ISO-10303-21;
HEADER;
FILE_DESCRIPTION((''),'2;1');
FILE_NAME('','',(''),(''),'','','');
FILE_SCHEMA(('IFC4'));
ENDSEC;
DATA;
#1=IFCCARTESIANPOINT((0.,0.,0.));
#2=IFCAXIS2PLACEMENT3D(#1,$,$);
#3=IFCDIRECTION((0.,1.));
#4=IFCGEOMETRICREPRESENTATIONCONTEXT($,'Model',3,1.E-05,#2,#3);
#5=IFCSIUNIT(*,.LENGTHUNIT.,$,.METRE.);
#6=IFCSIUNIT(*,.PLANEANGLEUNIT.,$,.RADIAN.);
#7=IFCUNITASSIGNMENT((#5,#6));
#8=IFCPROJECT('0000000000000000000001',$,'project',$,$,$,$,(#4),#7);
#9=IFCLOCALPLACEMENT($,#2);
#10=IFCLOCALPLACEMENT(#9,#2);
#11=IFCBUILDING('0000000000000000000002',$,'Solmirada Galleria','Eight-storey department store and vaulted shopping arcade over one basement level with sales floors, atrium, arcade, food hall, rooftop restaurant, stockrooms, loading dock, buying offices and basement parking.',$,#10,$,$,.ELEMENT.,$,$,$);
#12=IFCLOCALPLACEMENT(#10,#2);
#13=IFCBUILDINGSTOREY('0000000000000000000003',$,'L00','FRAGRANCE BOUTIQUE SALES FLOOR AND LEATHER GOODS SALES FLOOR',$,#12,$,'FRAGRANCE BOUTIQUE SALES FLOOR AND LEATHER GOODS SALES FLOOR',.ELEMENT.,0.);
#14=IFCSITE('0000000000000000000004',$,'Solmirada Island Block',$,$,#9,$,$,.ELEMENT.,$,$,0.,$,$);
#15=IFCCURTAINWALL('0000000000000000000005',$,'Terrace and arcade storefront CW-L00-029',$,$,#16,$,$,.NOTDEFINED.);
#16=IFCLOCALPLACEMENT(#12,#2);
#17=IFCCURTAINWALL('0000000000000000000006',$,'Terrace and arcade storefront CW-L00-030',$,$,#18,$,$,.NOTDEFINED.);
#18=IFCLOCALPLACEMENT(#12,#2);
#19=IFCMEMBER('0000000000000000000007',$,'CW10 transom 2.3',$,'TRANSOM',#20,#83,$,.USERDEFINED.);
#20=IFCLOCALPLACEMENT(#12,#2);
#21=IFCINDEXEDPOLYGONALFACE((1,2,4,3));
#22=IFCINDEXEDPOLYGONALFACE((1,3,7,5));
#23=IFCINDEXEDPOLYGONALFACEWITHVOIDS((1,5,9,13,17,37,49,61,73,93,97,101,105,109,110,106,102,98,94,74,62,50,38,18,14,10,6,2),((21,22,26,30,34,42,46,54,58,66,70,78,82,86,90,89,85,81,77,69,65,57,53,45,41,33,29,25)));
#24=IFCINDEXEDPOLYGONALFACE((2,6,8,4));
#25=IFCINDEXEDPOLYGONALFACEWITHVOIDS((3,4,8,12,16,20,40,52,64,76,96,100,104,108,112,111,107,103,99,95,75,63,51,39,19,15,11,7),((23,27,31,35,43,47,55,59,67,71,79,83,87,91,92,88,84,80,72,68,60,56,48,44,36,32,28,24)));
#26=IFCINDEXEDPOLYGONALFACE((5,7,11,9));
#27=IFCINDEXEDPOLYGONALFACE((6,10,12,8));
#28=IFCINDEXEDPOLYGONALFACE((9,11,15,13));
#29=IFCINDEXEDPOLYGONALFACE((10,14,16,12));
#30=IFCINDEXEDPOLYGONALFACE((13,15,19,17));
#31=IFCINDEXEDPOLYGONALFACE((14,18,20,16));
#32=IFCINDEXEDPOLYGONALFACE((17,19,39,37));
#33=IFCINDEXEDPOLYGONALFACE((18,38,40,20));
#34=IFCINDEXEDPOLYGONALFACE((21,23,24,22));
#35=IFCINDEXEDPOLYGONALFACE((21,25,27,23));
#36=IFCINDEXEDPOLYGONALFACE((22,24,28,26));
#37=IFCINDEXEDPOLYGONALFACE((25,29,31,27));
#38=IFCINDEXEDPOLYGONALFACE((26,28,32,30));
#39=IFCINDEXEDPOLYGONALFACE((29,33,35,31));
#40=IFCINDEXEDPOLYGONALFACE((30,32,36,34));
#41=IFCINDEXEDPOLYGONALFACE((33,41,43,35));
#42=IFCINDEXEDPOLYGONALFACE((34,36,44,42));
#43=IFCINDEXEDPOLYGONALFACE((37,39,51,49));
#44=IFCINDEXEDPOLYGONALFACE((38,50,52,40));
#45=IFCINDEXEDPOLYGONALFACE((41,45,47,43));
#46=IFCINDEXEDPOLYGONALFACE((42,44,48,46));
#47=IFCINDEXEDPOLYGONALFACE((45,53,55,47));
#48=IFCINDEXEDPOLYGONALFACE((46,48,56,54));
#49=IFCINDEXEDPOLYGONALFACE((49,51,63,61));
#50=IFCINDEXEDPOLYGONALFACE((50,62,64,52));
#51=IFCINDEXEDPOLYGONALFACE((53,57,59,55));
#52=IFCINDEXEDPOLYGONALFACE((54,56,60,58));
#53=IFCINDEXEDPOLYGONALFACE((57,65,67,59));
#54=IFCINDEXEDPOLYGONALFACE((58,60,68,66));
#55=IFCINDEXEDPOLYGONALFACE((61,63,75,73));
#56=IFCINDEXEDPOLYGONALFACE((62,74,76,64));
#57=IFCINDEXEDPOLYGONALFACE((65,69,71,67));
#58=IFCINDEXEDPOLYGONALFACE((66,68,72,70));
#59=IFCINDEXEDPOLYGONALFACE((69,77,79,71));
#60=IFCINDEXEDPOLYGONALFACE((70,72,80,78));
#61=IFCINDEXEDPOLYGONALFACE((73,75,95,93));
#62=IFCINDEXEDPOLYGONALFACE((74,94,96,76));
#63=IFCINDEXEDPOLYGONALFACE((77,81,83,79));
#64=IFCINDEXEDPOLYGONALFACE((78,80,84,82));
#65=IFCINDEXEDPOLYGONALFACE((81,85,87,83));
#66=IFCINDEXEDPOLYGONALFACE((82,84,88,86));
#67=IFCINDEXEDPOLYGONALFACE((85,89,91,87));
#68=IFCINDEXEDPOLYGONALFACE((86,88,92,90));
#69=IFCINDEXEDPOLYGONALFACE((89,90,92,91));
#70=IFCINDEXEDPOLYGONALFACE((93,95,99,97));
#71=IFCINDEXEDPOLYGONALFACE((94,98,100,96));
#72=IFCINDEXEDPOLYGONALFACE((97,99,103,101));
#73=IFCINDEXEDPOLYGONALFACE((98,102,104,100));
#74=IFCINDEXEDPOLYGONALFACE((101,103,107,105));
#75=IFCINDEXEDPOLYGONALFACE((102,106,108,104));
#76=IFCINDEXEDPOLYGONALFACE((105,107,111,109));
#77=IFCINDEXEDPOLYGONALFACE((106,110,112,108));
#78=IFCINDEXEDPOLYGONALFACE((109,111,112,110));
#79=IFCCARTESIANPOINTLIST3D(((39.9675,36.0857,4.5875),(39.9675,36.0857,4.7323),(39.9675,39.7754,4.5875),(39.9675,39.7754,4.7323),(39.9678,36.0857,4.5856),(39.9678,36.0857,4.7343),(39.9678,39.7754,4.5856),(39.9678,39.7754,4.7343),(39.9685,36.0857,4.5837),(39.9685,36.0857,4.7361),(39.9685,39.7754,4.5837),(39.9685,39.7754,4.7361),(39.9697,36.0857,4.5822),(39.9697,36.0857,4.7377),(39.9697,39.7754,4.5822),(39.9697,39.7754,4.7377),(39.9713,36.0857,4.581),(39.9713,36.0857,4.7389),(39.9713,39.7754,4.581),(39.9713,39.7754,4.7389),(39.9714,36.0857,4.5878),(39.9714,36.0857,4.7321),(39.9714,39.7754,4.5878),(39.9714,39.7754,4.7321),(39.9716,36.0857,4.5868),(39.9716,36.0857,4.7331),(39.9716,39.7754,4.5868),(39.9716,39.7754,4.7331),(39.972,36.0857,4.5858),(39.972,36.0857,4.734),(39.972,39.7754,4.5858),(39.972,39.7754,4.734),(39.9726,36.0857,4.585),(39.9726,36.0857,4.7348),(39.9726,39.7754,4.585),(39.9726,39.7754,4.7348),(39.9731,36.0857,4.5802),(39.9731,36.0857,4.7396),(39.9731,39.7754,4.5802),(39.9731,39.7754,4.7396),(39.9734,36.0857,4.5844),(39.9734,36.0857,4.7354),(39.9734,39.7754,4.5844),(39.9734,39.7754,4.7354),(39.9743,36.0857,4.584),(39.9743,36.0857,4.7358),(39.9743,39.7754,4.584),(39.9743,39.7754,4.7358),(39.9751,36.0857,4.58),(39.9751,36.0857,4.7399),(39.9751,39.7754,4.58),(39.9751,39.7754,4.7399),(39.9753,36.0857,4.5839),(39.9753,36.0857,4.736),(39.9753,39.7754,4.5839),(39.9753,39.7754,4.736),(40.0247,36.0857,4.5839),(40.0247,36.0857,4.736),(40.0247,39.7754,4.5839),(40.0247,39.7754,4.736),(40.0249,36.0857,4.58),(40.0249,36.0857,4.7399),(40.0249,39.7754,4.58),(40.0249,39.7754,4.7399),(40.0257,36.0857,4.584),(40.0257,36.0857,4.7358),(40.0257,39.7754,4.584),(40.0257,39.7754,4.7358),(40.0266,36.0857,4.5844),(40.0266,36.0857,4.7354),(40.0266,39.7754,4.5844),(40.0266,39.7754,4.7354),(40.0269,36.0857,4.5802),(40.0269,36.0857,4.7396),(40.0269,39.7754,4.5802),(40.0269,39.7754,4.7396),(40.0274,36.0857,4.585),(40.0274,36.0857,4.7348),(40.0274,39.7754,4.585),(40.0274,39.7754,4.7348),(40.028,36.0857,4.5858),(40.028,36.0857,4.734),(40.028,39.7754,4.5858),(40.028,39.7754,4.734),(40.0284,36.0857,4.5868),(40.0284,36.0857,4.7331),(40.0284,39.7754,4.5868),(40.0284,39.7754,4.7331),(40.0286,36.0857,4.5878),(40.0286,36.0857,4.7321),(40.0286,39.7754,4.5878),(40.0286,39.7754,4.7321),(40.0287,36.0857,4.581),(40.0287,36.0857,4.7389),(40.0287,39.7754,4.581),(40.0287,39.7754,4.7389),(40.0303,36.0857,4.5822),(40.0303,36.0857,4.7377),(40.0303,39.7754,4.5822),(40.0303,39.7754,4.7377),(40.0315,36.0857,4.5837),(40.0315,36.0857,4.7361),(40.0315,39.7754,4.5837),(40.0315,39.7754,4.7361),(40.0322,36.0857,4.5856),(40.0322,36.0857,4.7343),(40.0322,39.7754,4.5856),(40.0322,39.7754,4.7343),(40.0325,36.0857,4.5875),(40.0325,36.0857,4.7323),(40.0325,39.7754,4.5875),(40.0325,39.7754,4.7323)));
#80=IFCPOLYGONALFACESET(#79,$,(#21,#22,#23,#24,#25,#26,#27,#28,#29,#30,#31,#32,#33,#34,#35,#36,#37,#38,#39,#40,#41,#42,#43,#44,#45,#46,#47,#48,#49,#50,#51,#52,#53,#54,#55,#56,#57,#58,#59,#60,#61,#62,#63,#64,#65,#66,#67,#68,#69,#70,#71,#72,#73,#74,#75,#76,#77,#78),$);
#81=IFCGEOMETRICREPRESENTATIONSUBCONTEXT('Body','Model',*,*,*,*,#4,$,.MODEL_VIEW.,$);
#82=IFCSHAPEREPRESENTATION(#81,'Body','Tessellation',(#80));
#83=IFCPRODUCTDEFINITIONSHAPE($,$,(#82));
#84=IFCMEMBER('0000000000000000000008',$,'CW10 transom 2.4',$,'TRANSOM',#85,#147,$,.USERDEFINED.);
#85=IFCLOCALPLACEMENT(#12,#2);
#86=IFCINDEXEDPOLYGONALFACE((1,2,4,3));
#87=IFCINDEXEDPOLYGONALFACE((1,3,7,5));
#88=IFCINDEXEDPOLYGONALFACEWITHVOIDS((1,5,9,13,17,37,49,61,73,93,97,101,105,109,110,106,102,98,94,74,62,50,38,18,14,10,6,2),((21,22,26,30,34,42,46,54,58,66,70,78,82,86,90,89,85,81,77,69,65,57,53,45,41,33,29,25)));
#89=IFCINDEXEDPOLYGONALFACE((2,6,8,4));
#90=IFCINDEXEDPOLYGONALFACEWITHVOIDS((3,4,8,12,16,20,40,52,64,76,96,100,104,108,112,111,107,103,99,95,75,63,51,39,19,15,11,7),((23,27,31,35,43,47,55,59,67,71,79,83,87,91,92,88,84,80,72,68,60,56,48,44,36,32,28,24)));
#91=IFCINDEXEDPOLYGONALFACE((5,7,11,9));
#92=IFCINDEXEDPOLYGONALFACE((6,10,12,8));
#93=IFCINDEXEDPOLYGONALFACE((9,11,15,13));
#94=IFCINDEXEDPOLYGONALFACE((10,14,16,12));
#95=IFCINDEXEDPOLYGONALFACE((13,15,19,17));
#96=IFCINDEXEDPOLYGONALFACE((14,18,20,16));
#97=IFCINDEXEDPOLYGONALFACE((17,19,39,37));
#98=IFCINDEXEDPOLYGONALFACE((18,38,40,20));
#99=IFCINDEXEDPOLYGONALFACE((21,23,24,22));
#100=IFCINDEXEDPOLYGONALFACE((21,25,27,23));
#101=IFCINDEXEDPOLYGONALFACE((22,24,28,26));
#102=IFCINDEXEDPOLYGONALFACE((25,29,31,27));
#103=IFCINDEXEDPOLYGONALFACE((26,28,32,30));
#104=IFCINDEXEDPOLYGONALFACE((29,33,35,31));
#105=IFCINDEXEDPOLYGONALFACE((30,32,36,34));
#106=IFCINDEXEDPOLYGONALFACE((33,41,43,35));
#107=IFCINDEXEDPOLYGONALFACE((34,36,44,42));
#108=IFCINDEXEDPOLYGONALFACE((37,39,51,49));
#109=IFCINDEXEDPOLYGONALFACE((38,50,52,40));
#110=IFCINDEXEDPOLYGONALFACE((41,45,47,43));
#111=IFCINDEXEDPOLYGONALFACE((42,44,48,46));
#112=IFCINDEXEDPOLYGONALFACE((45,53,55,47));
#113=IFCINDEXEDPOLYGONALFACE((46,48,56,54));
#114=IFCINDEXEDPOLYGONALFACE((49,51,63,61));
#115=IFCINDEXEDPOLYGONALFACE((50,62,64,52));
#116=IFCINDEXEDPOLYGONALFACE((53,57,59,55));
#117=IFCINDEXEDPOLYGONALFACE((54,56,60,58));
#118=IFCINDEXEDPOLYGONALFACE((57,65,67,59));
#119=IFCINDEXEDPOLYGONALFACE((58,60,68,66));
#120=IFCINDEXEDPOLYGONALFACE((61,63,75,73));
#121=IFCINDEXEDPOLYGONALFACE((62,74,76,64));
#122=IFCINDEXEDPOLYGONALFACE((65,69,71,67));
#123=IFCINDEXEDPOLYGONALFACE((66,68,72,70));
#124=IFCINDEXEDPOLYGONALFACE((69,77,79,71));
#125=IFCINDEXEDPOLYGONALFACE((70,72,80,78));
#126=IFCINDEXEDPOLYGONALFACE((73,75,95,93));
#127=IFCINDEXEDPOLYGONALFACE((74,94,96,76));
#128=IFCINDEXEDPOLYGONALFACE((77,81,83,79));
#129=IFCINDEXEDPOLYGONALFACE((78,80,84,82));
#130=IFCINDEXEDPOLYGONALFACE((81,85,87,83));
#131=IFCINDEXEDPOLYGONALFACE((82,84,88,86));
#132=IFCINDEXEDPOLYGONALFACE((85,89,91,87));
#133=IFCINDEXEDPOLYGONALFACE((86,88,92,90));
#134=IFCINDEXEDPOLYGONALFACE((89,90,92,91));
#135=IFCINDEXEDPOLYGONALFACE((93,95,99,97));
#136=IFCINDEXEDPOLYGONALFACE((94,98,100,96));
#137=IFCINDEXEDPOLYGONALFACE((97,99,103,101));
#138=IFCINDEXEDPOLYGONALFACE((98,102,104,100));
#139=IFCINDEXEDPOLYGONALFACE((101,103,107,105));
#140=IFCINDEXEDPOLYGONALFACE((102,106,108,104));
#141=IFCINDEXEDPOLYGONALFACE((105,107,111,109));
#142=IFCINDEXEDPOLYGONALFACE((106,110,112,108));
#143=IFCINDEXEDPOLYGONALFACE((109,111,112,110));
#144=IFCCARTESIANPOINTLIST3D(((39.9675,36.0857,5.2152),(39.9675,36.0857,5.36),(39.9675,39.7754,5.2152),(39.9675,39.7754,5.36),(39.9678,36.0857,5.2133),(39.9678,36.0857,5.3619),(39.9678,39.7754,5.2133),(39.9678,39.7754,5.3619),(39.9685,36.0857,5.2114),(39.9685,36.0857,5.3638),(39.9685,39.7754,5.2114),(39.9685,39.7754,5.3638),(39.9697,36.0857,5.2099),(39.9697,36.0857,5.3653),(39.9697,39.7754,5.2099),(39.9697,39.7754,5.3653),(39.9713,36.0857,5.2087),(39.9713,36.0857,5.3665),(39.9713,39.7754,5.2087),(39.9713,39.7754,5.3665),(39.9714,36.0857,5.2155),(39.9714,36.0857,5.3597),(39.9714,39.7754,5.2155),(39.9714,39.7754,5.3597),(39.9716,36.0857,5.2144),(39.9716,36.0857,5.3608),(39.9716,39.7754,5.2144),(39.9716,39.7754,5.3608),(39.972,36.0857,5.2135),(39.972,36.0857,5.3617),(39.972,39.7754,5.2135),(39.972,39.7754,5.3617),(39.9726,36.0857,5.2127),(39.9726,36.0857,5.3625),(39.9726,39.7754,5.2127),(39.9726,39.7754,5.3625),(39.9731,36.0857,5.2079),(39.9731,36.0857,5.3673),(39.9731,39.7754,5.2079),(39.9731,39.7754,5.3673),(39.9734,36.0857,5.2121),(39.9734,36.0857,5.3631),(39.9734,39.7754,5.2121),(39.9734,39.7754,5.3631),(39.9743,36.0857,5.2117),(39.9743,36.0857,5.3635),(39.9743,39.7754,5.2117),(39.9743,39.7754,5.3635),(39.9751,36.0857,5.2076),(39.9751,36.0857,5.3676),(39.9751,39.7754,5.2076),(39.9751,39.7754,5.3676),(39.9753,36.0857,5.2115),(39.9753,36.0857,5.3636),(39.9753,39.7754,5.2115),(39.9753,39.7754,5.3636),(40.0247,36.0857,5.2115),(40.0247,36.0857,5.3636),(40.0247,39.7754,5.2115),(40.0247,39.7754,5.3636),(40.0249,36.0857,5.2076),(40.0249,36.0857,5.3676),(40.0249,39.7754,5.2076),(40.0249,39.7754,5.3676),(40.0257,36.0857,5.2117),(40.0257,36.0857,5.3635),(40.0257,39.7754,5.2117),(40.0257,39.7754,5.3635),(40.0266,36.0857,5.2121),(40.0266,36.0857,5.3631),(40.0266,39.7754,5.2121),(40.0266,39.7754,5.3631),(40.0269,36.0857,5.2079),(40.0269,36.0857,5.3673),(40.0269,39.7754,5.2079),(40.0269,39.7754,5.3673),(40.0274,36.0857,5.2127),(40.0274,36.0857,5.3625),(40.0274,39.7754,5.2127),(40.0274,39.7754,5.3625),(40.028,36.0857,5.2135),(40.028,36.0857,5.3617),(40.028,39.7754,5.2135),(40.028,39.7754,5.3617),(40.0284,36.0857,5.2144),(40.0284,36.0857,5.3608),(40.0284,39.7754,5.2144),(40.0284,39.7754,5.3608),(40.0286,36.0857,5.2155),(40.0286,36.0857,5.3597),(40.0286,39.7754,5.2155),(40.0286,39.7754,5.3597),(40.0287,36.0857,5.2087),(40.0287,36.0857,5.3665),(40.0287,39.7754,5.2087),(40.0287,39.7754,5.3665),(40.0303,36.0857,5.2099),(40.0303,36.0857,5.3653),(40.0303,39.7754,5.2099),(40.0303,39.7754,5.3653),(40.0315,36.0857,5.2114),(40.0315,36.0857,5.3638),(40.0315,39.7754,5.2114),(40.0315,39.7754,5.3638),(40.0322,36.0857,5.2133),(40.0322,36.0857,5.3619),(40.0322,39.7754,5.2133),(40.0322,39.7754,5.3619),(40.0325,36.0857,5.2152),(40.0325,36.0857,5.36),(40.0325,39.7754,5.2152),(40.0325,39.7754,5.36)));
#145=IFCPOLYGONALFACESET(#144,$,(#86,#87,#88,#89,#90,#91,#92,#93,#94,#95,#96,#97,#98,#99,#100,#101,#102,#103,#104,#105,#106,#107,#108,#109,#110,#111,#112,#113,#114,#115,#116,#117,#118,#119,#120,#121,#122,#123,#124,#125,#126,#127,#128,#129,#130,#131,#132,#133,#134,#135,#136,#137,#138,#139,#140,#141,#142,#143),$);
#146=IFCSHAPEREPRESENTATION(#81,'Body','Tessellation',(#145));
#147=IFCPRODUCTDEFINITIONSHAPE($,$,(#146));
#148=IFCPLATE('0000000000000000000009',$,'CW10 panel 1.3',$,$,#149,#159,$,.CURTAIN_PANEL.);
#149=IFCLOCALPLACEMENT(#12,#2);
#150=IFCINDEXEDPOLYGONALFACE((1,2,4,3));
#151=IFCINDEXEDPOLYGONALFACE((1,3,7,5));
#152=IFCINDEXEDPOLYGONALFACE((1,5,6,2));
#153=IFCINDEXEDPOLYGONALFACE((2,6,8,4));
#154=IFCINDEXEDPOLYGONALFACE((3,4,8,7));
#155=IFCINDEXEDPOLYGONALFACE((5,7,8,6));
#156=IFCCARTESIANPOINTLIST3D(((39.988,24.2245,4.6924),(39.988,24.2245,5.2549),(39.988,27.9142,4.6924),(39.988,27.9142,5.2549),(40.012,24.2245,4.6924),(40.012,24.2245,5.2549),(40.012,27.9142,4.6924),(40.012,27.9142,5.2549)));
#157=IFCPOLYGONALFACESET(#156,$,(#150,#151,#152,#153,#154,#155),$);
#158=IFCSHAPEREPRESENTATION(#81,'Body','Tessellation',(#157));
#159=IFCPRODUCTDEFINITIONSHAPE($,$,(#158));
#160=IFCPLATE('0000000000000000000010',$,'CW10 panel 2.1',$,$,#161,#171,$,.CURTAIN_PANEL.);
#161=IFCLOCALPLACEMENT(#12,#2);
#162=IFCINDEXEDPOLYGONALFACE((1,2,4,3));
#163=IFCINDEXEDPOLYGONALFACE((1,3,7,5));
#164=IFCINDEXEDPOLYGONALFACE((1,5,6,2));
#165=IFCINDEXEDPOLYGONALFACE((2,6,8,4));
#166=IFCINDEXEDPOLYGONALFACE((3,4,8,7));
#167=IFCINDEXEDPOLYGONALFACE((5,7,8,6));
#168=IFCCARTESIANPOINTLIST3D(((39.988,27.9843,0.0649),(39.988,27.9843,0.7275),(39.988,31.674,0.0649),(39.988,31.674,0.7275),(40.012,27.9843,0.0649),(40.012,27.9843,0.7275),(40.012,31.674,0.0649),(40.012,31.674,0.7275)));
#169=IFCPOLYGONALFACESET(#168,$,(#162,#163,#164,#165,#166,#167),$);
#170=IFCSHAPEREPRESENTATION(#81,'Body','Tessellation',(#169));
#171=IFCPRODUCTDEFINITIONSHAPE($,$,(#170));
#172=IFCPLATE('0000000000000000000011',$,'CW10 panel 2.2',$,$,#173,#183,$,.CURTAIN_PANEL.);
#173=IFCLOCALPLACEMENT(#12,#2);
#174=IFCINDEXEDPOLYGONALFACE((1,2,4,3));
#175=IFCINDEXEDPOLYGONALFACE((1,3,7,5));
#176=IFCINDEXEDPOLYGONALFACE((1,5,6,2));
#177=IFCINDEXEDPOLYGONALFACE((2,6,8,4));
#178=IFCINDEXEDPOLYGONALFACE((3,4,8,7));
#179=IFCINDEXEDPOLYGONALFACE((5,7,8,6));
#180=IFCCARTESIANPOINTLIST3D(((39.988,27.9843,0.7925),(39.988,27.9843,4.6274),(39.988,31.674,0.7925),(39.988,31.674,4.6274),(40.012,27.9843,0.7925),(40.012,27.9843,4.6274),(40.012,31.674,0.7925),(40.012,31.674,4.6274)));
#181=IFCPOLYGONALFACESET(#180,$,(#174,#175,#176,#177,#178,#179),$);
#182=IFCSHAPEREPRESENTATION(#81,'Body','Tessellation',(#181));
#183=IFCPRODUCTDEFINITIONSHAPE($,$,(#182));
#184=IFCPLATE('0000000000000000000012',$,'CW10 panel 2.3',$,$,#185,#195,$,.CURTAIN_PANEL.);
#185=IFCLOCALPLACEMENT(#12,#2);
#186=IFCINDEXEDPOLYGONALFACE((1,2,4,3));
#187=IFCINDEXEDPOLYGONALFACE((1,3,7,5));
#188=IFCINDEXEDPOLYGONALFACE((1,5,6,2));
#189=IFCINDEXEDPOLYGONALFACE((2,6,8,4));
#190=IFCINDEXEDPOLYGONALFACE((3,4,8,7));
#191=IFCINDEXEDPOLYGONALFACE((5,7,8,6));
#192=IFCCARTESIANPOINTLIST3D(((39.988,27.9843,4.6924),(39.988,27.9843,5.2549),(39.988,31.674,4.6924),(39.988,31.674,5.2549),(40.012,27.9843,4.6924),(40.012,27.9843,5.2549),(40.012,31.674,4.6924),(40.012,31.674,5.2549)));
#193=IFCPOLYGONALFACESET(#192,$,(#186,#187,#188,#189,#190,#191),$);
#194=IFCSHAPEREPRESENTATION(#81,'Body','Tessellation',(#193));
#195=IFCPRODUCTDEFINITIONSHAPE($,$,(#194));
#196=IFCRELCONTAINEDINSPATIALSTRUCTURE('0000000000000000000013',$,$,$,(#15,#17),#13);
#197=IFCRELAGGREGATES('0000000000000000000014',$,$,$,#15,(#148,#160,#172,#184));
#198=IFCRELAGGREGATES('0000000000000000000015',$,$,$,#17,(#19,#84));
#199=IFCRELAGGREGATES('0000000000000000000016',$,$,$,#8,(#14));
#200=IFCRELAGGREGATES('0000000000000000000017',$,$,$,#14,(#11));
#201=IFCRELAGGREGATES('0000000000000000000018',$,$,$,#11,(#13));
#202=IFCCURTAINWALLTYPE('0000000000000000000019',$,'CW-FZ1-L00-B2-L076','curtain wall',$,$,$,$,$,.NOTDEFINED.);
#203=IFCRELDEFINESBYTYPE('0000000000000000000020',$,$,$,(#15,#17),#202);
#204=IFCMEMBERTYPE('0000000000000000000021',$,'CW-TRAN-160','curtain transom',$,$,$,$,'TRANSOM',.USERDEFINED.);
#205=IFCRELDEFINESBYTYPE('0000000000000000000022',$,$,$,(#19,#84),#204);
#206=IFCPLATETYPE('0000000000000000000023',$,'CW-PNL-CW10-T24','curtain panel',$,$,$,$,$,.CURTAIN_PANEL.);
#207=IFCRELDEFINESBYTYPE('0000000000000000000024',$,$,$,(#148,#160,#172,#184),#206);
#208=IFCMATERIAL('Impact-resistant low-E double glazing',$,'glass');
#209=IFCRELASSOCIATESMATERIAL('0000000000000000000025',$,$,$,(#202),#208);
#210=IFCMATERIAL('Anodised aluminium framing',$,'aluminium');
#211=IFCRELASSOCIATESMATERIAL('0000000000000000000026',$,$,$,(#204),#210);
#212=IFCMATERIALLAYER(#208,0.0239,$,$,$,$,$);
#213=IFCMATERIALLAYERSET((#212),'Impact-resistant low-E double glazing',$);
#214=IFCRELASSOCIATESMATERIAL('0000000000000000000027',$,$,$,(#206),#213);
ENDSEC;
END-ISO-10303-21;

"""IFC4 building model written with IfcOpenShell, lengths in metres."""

from ifc_helpers import new_model, si_unit, direction, frame, origin, origin_2d, place, context, subcontext, project, spatial, rectangle, hollow_rectangle, extrude, material, layer, layer_set, material_profile, profile_set, type_object, element, aggregate, save


model = new_model("IFC4")

# Units and contexts
model_context = context("Model", 3, precision=1e-05, world=origin(), true_north=direction((0.0, 1.0)))
body_context = subcontext(model_context, "Body", "Model", "MODEL_VIEW")
ifc_project = project(units=[si_unit("LENGTHUNIT", "METRE"), si_unit("PLANEANGLEUNIT", "RADIAN")], contexts=[model_context])

# Site, building, storey
site_placement = place(None, origin())
site = spatial("IfcSite", under=ifc_project, at=site_placement, Name="Solmirada Island Block", CompositionType="ELEMENT", RefElevation=0.0)
building_placement = place(site_placement, origin())
building = spatial("IfcBuilding", under=site, at=building_placement, Name="Solmirada Galleria", Description="Eight-storey department store and vaulted shopping arcade over one basement level with sales floors, atrium, arcade, food hall, rooftop restaurant, stockrooms, loading dock, buying offices and basement parking.", CompositionType="ELEMENT")
storey_placement = place(building_placement, origin())
storey = spatial("IfcBuildingStorey", under=building, at=storey_placement, Name="L00", Description="FRAGRANCE BOUTIQUE SALES FLOOR AND LEATHER GOODS SALES FLOOR", LongName="FRAGRANCE BOUTIQUE SALES FLOOR AND LEATHER GOODS SALES FLOOR", CompositionType="ELEMENT", Elevation=0.0)

# Curtain walls
ifc_material_1 = material(Name="Impact-resistant low-E double glazing", Category="glass")
curtain_wall_type = type_object("IfcCurtainWallType", Name="CW-FZ1-L00-B2-L076", Description="curtain wall", PredefinedType="NOTDEFINED", material=ifc_material_1)
curtain_wall_1_placement = place(storey_placement, origin())
curtain_wall_1 = element("IfcCurtainWall", 1, at=curtain_wall_1_placement, inside=storey, type_object=curtain_wall_type, Name="Terrace and arcade storefront CW-L00-029", PredefinedType="NOTDEFINED")
ifc_material_2 = material(Name="Anodised aluminium framing", Category="aluminium")
curtain_wall_2_placement = place(storey_placement, origin())
curtain_wall_2 = element("IfcCurtainWall", 2, at=curtain_wall_2_placement, inside=storey, type_object=curtain_wall_type, Name="Terrace and arcade storefront CW-L00-030", PredefinedType="NOTDEFINED")

# Members
ifc_material_profile_1 = material_profile(ifc_material_2, hollow_rectangle(XDim=0.0649, YDim=0.1599, WallThickness=0.0039, InnerFilletRadius=0.0039, OuterFilletRadius=0.0076, at=origin_2d()), Name="ALU-TRAN-160X65")
ifc_profile_set_1 = profile_set([ifc_material_profile_1], Name="Anodised aluminium framing")
member_type_1 = type_object("IfcMemberType", Name="CW-TRAN-160", Description="curtain transom", ElementType="TRANSOM", PredefinedType="USERDEFINED", material=ifc_profile_set_1)
member_1_placement = place(storey_placement, frame((40.0, 36.0857, 4.6599), z_axis=(0.0, 1.0, 0.0), x_axis=(-1.0, 0.0, 0.0)))
member_1 = element("IfcMember", 3, at=member_1_placement, type_object=member_type_1, Name="CW10 transom 2.3", ObjectType="TRANSOM", PredefinedType="USERDEFINED", context=body_context, shape_type="SweptSolid", body=[
    extrude(hollow_rectangle(XDim=0.0649, YDim=0.1599, WallThickness=0.0039, InnerFilletRadius=0.0039, OuterFilletRadius=0.0076, at=origin_2d()), origin(), (0.0, 0.0, 1.0), 3.6897),
])
member_2_placement = place(storey_placement, frame((40.0, 36.0857, 5.2876), z_axis=(0.0, 1.0, 0.0), x_axis=(-1.0, 0.0, 0.0)))
member_2 = element("IfcMember", 4, at=member_2_placement, type_object=member_type_1, Name="CW10 transom 2.4", ObjectType="TRANSOM", PredefinedType="USERDEFINED", context=body_context, shape_type="SweptSolid", body=[
    extrude(hollow_rectangle(XDim=0.0649, YDim=0.1599, WallThickness=0.0039, InnerFilletRadius=0.0039, OuterFilletRadius=0.0076, at=origin_2d()), origin(), (0.0, 0.0, 1.0), 3.6897),
])

# Plates
ifc_layer_1 = layer(ifc_material_1, 0.0239)
ifc_layer_set_1 = layer_set([ifc_layer_1], Name="Impact-resistant low-E double glazing")
plate_type = type_object("IfcPlateType", Name="CW-PNL-CW10-T24", Description="curtain panel", PredefinedType="CURTAIN_PANEL", material=ifc_layer_set_1)
plate_1_placement = place(storey_placement, frame((40.0, 26.0693, 4.6924), z_axis=(0.0, 0.0, 1.0), x_axis=(0.0, 1.0, 0.0)))
plate_1 = element("IfcPlate", 5, at=plate_1_placement, type_object=plate_type, Name="CW10 panel 1.3", PredefinedType="CURTAIN_PANEL", context=body_context, shape_type="SweptSolid", body=[
    extrude(rectangle(XDim=3.6897, YDim=0.0239, at=origin_2d()), origin(), (0.0, 0.0, 1.0), 0.5625),
])
plate_2_placement = place(storey_placement, frame((40.0, 29.8291, 0.0649), z_axis=(0.0, 0.0, 1.0), x_axis=(0.0, 1.0, 0.0)))
plate_2 = element("IfcPlate", 6, at=plate_2_placement, type_object=plate_type, Name="CW10 panel 2.1", PredefinedType="CURTAIN_PANEL", context=body_context, shape_type="SweptSolid", body=[
    extrude(rectangle(XDim=3.6897, YDim=0.0239, at=origin_2d()), origin(), (0.0, 0.0, 1.0), 0.6626),
])
plate_3_placement = place(storey_placement, frame((40.0, 29.8291, 0.7925), z_axis=(0.0, 0.0, 1.0), x_axis=(0.0, 1.0, 0.0)))
plate_3 = element("IfcPlate", 7, at=plate_3_placement, type_object=plate_type, Name="CW10 panel 2.2", PredefinedType="CURTAIN_PANEL", context=body_context, shape_type="SweptSolid", body=[
    extrude(rectangle(XDim=3.6897, YDim=0.0239, at=origin_2d()), origin(), (0.0, 0.0, 1.0), 3.835),
])
plate_4_placement = place(storey_placement, frame((40.0, 29.8291, 4.6924), z_axis=(0.0, 0.0, 1.0), x_axis=(0.0, 1.0, 0.0)))
plate_4 = element("IfcPlate", 8, at=plate_4_placement, type_object=plate_type, Name="CW10 panel 2.3", PredefinedType="CURTAIN_PANEL", context=body_context, shape_type="SweptSolid", body=[
    extrude(rectangle(XDim=3.6897, YDim=0.0239, at=origin_2d()), origin(), (0.0, 0.0, 1.0), 0.5625),
])
aggregate(curtain_wall_1, [plate_1, plate_2, plate_3, plate_4])
aggregate(curtain_wall_2, [member_1, member_2])

save(model, "model.ifc")
